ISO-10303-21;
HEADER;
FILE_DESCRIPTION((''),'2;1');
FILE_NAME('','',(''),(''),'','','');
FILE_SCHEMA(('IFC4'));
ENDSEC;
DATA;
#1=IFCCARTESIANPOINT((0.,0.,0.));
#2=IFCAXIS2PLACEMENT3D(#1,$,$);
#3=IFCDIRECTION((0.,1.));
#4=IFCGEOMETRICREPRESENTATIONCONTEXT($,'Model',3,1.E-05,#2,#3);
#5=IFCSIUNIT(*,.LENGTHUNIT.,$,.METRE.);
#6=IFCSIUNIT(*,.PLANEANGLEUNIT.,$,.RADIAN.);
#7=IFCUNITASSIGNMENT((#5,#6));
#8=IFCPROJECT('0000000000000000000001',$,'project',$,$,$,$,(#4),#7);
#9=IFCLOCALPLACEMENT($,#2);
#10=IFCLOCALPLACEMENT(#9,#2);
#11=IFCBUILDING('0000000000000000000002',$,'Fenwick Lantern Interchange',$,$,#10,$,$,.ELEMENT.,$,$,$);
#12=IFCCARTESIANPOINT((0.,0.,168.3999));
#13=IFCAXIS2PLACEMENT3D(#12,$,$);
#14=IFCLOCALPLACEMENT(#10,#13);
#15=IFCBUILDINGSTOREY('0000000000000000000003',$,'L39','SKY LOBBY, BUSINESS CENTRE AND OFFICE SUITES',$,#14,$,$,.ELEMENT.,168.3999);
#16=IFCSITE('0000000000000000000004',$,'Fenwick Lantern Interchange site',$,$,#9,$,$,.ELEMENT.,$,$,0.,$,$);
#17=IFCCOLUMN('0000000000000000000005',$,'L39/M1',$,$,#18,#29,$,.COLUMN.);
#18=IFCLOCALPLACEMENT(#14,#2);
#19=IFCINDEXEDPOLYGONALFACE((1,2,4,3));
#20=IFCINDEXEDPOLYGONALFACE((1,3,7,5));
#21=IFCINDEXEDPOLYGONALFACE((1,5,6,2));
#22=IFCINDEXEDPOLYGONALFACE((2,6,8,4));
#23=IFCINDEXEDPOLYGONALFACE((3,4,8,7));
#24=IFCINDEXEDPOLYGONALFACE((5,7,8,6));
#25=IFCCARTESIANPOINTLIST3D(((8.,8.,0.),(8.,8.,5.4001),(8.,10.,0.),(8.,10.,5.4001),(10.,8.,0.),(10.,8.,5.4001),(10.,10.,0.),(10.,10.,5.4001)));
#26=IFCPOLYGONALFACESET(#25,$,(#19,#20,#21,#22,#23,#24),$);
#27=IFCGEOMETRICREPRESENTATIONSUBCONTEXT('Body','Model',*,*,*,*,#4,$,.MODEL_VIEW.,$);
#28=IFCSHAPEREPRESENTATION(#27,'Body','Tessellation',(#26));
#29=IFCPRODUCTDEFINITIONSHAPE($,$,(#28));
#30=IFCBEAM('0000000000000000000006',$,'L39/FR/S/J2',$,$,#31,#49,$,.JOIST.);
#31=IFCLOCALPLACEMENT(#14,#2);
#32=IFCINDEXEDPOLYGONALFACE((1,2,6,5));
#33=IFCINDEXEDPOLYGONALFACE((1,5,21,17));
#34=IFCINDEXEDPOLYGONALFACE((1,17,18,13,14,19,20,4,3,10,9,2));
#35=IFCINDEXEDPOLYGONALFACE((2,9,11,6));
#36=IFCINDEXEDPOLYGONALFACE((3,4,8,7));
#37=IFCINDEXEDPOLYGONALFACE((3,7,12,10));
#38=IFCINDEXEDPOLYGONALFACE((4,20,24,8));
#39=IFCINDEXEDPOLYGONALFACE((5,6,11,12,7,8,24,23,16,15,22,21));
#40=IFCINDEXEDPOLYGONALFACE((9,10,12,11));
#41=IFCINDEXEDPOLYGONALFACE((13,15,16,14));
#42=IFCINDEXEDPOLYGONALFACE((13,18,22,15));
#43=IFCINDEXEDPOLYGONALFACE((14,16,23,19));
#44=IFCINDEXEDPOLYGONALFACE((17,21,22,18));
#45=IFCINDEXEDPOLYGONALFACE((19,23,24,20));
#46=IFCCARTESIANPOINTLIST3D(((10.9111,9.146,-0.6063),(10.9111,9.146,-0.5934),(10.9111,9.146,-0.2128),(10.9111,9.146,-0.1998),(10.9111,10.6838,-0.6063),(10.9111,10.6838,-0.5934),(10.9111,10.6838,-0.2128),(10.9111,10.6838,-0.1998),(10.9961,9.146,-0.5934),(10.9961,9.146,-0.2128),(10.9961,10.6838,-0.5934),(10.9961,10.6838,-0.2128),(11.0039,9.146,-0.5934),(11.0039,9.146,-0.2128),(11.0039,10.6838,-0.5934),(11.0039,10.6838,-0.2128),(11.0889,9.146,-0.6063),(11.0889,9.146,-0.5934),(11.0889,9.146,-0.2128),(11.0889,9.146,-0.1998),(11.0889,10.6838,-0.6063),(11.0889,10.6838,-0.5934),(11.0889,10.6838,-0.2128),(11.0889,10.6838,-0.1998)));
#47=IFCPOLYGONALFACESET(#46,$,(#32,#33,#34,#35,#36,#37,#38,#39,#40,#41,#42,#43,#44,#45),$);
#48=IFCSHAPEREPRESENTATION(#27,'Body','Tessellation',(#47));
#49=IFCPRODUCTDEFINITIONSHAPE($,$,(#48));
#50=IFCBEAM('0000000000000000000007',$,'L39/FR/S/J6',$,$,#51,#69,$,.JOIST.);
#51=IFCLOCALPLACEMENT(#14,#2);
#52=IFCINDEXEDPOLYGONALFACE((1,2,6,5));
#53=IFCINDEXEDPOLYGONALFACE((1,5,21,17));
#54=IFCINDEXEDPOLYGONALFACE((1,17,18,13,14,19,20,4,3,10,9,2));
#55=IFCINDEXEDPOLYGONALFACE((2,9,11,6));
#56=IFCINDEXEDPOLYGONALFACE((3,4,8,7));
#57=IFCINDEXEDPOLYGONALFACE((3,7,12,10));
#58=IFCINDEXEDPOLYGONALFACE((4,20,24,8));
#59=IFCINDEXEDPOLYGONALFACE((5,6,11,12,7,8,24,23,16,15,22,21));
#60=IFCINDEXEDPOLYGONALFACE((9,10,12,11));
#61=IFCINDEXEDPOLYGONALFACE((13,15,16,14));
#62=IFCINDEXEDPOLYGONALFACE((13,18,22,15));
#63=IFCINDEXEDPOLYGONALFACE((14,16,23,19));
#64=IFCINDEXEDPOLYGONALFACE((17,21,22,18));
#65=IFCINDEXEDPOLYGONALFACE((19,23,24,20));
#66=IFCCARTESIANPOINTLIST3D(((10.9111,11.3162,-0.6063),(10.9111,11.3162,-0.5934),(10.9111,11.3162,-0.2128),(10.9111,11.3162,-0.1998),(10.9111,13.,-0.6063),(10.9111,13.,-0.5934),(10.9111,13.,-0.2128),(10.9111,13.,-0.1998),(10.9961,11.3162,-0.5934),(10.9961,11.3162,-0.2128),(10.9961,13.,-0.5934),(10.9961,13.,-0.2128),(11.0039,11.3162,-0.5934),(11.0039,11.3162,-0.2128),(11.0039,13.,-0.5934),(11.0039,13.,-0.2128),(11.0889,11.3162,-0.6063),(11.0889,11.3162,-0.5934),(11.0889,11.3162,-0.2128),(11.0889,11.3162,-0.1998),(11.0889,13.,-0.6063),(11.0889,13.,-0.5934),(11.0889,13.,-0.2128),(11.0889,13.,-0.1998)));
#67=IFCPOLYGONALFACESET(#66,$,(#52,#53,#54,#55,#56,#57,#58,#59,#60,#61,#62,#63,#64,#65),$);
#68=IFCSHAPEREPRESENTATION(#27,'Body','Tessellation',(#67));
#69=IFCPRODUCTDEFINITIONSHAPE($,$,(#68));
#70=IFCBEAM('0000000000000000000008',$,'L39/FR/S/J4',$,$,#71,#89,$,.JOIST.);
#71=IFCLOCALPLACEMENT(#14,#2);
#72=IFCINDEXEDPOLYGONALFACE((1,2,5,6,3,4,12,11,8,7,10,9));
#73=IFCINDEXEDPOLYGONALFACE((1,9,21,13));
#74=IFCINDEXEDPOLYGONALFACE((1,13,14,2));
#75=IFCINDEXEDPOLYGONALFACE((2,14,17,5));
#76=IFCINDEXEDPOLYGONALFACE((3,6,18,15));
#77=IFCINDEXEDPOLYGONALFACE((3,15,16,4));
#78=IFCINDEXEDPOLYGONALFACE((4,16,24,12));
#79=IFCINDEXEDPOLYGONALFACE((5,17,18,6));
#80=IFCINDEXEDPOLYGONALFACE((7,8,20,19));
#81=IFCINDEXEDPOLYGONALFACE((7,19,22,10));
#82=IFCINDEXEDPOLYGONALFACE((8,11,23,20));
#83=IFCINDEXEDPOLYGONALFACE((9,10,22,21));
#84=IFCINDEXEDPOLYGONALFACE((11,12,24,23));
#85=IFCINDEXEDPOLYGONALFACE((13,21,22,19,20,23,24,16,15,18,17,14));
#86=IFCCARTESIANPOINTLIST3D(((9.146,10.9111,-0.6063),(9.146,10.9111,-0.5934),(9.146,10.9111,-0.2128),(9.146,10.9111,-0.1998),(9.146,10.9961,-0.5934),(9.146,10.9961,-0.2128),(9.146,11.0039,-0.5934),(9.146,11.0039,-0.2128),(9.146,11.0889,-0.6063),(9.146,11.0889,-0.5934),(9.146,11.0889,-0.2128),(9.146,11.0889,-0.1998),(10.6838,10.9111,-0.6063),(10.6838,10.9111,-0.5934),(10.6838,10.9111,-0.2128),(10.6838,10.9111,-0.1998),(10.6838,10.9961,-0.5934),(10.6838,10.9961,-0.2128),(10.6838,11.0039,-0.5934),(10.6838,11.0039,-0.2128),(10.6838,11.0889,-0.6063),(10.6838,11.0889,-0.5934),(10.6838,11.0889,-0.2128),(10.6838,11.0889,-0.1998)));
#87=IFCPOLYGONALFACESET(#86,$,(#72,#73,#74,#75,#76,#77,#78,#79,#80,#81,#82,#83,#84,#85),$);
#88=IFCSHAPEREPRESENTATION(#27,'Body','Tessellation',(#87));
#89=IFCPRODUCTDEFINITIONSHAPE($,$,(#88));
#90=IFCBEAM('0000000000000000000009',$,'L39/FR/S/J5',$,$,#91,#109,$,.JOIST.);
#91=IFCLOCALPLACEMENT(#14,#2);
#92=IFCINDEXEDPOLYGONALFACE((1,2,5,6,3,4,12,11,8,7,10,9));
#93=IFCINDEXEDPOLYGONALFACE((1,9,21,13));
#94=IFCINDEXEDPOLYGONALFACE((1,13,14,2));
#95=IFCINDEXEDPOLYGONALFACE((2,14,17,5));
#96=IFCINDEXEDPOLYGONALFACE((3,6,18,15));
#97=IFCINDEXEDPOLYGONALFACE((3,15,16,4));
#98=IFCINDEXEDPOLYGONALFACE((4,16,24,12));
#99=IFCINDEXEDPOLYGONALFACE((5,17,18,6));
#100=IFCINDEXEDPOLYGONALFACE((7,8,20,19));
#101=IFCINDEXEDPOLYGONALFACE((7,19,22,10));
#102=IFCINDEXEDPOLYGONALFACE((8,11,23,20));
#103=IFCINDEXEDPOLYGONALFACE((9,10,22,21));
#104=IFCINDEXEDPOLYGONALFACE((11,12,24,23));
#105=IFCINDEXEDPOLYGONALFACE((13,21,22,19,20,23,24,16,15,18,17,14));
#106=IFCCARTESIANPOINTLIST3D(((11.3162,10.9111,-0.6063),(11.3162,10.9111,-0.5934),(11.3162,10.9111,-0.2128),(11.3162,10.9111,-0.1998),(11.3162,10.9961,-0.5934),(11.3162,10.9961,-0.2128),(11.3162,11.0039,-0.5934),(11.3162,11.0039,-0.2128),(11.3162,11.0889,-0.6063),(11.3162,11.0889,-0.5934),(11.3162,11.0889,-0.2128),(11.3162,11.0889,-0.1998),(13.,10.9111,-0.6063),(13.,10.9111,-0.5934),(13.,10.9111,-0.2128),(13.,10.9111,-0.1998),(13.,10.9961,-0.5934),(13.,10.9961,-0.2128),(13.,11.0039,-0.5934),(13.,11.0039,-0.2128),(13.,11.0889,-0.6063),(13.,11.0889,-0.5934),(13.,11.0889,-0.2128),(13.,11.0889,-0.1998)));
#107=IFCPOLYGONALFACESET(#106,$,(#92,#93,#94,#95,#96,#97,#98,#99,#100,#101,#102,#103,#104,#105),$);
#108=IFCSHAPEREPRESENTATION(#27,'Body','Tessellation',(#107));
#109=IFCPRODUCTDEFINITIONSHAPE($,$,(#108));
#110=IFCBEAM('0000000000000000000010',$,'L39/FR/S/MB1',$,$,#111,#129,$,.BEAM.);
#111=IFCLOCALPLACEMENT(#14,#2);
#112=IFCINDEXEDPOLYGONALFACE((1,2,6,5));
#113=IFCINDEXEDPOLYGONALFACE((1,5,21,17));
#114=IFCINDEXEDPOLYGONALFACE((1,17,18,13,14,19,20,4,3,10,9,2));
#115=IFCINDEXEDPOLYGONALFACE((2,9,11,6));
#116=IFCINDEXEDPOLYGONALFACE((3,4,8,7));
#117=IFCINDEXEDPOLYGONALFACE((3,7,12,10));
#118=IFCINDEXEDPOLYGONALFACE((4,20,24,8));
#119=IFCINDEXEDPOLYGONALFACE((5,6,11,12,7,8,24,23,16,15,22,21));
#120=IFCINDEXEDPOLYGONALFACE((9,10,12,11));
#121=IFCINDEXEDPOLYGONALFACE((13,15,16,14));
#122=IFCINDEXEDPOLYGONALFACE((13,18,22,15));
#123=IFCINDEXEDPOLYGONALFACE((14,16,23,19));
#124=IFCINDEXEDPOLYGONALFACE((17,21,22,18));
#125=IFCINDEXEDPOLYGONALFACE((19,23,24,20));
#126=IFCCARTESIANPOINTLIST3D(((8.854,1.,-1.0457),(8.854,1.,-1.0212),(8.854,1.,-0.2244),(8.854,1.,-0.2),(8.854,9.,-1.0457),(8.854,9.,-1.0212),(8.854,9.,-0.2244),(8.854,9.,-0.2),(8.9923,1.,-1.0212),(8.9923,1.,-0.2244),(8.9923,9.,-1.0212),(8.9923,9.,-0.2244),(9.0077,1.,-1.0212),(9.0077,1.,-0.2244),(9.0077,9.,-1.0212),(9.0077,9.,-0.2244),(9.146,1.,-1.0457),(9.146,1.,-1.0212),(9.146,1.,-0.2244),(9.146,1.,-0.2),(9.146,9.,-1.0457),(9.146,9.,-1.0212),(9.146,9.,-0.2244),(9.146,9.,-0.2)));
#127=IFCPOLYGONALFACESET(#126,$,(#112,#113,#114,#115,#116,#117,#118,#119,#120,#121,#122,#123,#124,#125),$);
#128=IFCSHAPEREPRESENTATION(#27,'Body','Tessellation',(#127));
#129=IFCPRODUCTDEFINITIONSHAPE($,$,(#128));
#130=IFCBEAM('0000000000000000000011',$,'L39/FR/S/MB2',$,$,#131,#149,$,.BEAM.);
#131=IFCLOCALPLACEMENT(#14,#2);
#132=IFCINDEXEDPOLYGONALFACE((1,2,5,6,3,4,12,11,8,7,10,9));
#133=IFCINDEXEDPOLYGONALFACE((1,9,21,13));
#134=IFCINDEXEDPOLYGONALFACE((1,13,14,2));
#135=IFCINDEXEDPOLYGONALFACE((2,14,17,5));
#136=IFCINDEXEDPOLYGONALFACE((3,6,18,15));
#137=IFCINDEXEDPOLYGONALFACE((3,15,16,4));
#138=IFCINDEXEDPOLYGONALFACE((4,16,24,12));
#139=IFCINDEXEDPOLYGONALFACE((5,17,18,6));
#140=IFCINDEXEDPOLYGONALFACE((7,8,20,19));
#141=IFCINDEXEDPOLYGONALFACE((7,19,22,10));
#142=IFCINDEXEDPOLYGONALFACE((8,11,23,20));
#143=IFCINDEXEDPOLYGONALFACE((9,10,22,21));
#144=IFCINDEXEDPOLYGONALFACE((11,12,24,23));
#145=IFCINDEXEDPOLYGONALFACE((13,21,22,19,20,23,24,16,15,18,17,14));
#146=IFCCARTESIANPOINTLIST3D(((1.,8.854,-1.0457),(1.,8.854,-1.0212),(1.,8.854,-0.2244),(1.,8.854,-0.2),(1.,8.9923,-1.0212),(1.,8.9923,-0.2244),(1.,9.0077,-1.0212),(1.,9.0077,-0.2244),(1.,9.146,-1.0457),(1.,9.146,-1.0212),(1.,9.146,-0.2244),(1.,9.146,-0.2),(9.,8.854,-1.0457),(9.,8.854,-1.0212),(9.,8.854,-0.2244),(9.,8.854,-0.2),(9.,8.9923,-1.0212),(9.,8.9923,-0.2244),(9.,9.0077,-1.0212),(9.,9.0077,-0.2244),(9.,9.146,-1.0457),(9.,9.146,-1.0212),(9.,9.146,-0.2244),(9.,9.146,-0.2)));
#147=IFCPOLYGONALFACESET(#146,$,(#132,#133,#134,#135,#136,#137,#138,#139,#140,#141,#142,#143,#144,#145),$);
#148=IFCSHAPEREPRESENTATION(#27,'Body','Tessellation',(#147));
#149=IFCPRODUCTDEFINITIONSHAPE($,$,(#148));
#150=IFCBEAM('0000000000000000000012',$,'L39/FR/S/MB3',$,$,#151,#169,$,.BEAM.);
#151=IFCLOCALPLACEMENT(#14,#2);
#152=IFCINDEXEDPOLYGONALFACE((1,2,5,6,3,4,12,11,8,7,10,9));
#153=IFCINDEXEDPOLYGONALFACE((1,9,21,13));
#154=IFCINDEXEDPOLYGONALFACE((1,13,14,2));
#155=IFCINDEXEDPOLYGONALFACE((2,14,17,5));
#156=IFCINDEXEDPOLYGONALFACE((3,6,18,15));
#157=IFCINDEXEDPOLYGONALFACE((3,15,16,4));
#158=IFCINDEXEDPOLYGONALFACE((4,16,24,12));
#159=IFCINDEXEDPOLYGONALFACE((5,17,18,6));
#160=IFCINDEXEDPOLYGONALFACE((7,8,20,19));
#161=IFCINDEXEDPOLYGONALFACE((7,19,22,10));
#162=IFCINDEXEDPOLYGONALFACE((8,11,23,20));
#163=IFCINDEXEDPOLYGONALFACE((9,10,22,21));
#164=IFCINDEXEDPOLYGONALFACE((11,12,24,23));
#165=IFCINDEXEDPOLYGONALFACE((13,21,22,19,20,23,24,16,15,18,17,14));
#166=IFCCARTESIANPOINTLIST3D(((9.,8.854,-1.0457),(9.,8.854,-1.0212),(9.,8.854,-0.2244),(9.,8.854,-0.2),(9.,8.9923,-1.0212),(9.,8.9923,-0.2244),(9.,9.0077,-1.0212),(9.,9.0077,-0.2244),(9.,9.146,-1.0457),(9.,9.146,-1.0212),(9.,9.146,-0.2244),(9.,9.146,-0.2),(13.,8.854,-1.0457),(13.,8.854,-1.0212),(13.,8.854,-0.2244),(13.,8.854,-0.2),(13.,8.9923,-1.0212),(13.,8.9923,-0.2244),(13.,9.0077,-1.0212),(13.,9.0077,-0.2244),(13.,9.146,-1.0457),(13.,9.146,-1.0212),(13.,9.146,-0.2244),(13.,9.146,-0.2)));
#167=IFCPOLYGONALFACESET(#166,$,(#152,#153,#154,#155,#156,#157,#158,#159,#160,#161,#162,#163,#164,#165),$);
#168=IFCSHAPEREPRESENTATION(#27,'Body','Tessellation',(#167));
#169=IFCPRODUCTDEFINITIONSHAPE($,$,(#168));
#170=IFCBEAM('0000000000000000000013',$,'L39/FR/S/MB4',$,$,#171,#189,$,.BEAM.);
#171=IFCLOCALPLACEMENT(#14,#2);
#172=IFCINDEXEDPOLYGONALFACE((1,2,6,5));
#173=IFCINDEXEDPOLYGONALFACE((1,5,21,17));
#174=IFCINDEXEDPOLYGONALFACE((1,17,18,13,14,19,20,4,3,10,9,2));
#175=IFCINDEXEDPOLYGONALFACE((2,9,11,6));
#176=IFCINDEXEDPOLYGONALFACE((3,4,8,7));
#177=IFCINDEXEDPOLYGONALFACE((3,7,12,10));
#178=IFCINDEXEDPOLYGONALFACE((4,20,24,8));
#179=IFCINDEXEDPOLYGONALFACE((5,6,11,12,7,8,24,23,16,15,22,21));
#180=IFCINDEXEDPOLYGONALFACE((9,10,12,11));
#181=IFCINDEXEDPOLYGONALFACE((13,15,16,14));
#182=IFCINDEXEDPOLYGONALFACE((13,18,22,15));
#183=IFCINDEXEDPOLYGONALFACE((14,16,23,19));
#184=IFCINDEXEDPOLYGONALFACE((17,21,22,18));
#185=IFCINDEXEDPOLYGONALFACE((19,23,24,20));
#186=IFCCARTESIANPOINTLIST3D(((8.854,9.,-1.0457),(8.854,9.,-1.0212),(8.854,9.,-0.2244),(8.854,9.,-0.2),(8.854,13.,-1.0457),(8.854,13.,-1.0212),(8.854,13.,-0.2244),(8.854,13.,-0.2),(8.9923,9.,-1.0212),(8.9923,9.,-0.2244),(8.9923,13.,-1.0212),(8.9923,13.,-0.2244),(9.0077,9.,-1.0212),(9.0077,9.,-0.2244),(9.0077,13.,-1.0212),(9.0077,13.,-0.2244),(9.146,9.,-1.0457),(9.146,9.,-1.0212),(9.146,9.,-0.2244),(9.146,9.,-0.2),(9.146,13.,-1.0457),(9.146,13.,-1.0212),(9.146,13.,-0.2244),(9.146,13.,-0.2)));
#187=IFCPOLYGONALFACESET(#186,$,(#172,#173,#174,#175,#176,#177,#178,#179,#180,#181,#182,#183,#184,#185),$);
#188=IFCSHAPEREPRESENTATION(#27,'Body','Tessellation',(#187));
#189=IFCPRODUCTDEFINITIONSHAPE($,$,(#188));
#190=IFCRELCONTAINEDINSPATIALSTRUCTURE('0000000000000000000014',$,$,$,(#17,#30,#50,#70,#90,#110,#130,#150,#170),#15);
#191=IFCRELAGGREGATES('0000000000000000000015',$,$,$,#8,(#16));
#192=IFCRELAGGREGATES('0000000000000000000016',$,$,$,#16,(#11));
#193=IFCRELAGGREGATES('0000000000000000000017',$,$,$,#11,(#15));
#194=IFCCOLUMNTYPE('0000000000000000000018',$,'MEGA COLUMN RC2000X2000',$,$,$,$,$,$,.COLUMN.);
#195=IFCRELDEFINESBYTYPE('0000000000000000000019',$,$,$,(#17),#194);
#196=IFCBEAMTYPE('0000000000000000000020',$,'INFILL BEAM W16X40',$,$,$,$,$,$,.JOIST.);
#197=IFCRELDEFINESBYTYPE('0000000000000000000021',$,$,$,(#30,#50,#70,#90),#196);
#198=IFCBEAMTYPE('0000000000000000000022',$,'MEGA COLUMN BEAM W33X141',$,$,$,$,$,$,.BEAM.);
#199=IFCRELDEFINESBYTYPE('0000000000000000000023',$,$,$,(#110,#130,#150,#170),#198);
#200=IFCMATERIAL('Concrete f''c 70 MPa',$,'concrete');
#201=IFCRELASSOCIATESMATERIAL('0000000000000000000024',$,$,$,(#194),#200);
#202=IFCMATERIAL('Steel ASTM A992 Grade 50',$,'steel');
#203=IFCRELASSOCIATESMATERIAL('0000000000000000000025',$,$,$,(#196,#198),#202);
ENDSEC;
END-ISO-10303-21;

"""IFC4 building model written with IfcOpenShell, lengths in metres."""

from ifc_helpers import new_model, si_unit, direction, frame, origin, origin_2d, place, context, subcontext, project, spatial, rectangle, i_section, extrude, material, material_profile, profile_set, type_object, element, save


model = new_model("IFC4")

# Units and contexts
model_context = context("Model", 3, precision=1e-05, world=origin(), true_north=direction((0.0, 1.0)))
body_context = subcontext(model_context, "Body", "Model", "MODEL_VIEW")
ifc_project = project(units=[si_unit("LENGTHUNIT", "METRE"), si_unit("PLANEANGLEUNIT", "RADIAN")], contexts=[model_context])

# Site, building, storey
site_placement = place(None, origin())
site = spatial("IfcSite", under=ifc_project, at=site_placement, Name="Fenwick Lantern Interchange site", CompositionType="ELEMENT", RefElevation=0.0)
building_placement = place(site_placement, origin())
building = spatial("IfcBuilding", under=site, at=building_placement, Name="Fenwick Lantern Interchange", CompositionType="ELEMENT")
storey_placement = place(building_placement, frame((0.0, 0.0, 168.3999)))
storey = spatial("IfcBuildingStorey", under=building, at=storey_placement, Name="L39", Description="SKY LOBBY, BUSINESS CENTRE AND OFFICE SUITES", CompositionType="ELEMENT", Elevation=168.3999)

# Column
ifc_material_1 = material(Name="Concrete f'c 70 MPa", Category="concrete")
ifc_material_profile_1 = material_profile(ifc_material_1, rectangle(XDim=2.0, YDim=2.0, at=origin_2d()), Name="RC2000X2000")
ifc_profile_set_1 = profile_set([ifc_material_profile_1], Name="Concrete f'c 70 MPa")
column_type = type_object("IfcColumnType", Name="MEGA COLUMN RC2000X2000", PredefinedType="COLUMN", material=ifc_profile_set_1)
column_placement = place(storey_placement, frame((9.0, 9.0, 0.0), z_axis=(0.0, 0.0, 1.0), x_axis=(1.0, 0.0, 0.0)))
element("IfcColumn", 1, at=column_placement, inside=storey, type_object=column_type, Name="L39/M1", PredefinedType="COLUMN", context=body_context, shape_type="SweptSolid", body=[
    extrude(rectangle(XDim=2.0, YDim=2.0, at=origin_2d()), origin(), (0.0, 0.0, 1.0), 5.4001),
])

# Beams
ifc_material_2 = material(Name="Steel ASTM A992 Grade 50", Category="steel")
ifc_material_profile_2 = material_profile(ifc_material_2, i_section(OverallWidth=0.1777, OverallDepth=0.4065, WebThickness=0.0078, FlangeThickness=0.0129, at=origin_2d()), Name="W16X40")
ifc_profile_set_2 = profile_set([ifc_material_profile_2], Name="Steel ASTM A992 Grade 50")
beam_type_1 = type_object("IfcBeamType", Name="INFILL BEAM W16X40", PredefinedType="JOIST", material=ifc_profile_set_2)
beam_1_placement = place(storey_placement, frame((11.0, 9.146, -0.4031), z_axis=(0.0, 1.0, 0.0), x_axis=(-1.0, 0.0, 0.0)))
element("IfcBeam", 2, at=beam_1_placement, inside=storey, type_object=beam_type_1, Name="L39/FR/S/J2", PredefinedType="JOIST", context=body_context, shape_type="SweptSolid", body=[
    extrude(i_section(OverallWidth=0.1777, OverallDepth=0.4065, WebThickness=0.0078, FlangeThickness=0.0129, at=origin_2d()), origin(), (0.0, 0.0, 1.0), 1.5378),
])
beam_2_placement = place(storey_placement, frame((11.0, 11.3162, -0.4031), z_axis=(0.0, 1.0, 0.0), x_axis=(-1.0, 0.0, 0.0)))
element("IfcBeam", 3, at=beam_2_placement, inside=storey, type_object=beam_type_1, Name="L39/FR/S/J6", PredefinedType="JOIST", context=body_context, shape_type="SweptSolid", body=[
    extrude(i_section(OverallWidth=0.1777, OverallDepth=0.4065, WebThickness=0.0078, FlangeThickness=0.0129, at=origin_2d()), origin(), (0.0, 0.0, 1.0), 1.6838),
])
beam_3_placement = place(storey_placement, frame((9.146, 11.0, -0.4031), z_axis=(1.0, 0.0, 0.0), x_axis=(0.0, 1.0, 0.0)))
element("IfcBeam", 4, at=beam_3_placement, inside=storey, type_object=beam_type_1, Name="L39/FR/S/J4", PredefinedType="JOIST", context=body_context, shape_type="SweptSolid", body=[
    extrude(i_section(OverallWidth=0.1777, OverallDepth=0.4065, WebThickness=0.0078, FlangeThickness=0.0129, at=origin_2d()), origin(), (0.0, 0.0, 1.0), 1.5378),
])
beam_4_placement = place(storey_placement, frame((11.3162, 11.0, -0.4031), z_axis=(1.0, 0.0, 0.0), x_axis=(0.0, 1.0, 0.0)))
element("IfcBeam", 5, at=beam_4_placement, inside=storey, type_object=beam_type_1, Name="L39/FR/S/J5", PredefinedType="JOIST", context=body_context, shape_type="SweptSolid", body=[
    extrude(i_section(OverallWidth=0.1777, OverallDepth=0.4065, WebThickness=0.0078, FlangeThickness=0.0129, at=origin_2d()), origin(), (0.0, 0.0, 1.0), 1.6838),
])
ifc_material_profile_3 = material_profile(ifc_material_2, i_section(OverallWidth=0.292, OverallDepth=0.8457, WebThickness=0.0154, FlangeThickness=0.0244, at=origin_2d()), Name="W33X141")
ifc_profile_set_3 = profile_set([ifc_material_profile_3], Name="Steel ASTM A992 Grade 50")
beam_type_2 = type_object("IfcBeamType", Name="MEGA COLUMN BEAM W33X141", PredefinedType="BEAM", material=ifc_profile_set_3)
for number, where, z_axis, x_axis, name in (
    (6, (9.0, 9.0, -0.6228), (0.0, -1.0, 0.0), (1.0, 0.0, 0.0), "L39/FR/S/MB1"),
    (7, (9.0, 9.0, -0.6228), (-1.0, 0.0, 0.0), (0.0, -1.0, 0.0), "L39/FR/S/MB2"),
):
    element("IfcBeam", number, at=place(storey_placement, frame(where, z_axis=z_axis, x_axis=x_axis)), inside=storey, type_object=beam_type_2, Name=name, PredefinedType="BEAM", context=body_context, shape_type="SweptSolid", body=[
        extrude(i_section(OverallWidth=0.292, OverallDepth=0.8457, WebThickness=0.0154, FlangeThickness=0.0244, at=origin_2d()), origin(), (0.0, 0.0, 1.0), 8.0),
    ])
for number, where, z_axis, x_axis, name in (
    (8, (9.0, 9.0, -0.6228), (1.0, 0.0, 0.0), (0.0, 1.0, 0.0), "L39/FR/S/MB3"),
    (9, (9.0, 9.0, -0.6228), (0.0, 1.0, 0.0), (-1.0, 0.0, 0.0), "L39/FR/S/MB4"),
):
    element("IfcBeam", number, at=place(storey_placement, frame(where, z_axis=z_axis, x_axis=x_axis)), inside=storey, type_object=beam_type_2, Name=name, PredefinedType="BEAM", context=body_context, shape_type="SweptSolid", body=[
        extrude(i_section(OverallWidth=0.292, OverallDepth=0.8457, WebThickness=0.0154, FlangeThickness=0.0244, at=origin_2d()), origin(), (0.0, 0.0, 1.0), 4.0),
    ])

save(model, "model.ifc")
